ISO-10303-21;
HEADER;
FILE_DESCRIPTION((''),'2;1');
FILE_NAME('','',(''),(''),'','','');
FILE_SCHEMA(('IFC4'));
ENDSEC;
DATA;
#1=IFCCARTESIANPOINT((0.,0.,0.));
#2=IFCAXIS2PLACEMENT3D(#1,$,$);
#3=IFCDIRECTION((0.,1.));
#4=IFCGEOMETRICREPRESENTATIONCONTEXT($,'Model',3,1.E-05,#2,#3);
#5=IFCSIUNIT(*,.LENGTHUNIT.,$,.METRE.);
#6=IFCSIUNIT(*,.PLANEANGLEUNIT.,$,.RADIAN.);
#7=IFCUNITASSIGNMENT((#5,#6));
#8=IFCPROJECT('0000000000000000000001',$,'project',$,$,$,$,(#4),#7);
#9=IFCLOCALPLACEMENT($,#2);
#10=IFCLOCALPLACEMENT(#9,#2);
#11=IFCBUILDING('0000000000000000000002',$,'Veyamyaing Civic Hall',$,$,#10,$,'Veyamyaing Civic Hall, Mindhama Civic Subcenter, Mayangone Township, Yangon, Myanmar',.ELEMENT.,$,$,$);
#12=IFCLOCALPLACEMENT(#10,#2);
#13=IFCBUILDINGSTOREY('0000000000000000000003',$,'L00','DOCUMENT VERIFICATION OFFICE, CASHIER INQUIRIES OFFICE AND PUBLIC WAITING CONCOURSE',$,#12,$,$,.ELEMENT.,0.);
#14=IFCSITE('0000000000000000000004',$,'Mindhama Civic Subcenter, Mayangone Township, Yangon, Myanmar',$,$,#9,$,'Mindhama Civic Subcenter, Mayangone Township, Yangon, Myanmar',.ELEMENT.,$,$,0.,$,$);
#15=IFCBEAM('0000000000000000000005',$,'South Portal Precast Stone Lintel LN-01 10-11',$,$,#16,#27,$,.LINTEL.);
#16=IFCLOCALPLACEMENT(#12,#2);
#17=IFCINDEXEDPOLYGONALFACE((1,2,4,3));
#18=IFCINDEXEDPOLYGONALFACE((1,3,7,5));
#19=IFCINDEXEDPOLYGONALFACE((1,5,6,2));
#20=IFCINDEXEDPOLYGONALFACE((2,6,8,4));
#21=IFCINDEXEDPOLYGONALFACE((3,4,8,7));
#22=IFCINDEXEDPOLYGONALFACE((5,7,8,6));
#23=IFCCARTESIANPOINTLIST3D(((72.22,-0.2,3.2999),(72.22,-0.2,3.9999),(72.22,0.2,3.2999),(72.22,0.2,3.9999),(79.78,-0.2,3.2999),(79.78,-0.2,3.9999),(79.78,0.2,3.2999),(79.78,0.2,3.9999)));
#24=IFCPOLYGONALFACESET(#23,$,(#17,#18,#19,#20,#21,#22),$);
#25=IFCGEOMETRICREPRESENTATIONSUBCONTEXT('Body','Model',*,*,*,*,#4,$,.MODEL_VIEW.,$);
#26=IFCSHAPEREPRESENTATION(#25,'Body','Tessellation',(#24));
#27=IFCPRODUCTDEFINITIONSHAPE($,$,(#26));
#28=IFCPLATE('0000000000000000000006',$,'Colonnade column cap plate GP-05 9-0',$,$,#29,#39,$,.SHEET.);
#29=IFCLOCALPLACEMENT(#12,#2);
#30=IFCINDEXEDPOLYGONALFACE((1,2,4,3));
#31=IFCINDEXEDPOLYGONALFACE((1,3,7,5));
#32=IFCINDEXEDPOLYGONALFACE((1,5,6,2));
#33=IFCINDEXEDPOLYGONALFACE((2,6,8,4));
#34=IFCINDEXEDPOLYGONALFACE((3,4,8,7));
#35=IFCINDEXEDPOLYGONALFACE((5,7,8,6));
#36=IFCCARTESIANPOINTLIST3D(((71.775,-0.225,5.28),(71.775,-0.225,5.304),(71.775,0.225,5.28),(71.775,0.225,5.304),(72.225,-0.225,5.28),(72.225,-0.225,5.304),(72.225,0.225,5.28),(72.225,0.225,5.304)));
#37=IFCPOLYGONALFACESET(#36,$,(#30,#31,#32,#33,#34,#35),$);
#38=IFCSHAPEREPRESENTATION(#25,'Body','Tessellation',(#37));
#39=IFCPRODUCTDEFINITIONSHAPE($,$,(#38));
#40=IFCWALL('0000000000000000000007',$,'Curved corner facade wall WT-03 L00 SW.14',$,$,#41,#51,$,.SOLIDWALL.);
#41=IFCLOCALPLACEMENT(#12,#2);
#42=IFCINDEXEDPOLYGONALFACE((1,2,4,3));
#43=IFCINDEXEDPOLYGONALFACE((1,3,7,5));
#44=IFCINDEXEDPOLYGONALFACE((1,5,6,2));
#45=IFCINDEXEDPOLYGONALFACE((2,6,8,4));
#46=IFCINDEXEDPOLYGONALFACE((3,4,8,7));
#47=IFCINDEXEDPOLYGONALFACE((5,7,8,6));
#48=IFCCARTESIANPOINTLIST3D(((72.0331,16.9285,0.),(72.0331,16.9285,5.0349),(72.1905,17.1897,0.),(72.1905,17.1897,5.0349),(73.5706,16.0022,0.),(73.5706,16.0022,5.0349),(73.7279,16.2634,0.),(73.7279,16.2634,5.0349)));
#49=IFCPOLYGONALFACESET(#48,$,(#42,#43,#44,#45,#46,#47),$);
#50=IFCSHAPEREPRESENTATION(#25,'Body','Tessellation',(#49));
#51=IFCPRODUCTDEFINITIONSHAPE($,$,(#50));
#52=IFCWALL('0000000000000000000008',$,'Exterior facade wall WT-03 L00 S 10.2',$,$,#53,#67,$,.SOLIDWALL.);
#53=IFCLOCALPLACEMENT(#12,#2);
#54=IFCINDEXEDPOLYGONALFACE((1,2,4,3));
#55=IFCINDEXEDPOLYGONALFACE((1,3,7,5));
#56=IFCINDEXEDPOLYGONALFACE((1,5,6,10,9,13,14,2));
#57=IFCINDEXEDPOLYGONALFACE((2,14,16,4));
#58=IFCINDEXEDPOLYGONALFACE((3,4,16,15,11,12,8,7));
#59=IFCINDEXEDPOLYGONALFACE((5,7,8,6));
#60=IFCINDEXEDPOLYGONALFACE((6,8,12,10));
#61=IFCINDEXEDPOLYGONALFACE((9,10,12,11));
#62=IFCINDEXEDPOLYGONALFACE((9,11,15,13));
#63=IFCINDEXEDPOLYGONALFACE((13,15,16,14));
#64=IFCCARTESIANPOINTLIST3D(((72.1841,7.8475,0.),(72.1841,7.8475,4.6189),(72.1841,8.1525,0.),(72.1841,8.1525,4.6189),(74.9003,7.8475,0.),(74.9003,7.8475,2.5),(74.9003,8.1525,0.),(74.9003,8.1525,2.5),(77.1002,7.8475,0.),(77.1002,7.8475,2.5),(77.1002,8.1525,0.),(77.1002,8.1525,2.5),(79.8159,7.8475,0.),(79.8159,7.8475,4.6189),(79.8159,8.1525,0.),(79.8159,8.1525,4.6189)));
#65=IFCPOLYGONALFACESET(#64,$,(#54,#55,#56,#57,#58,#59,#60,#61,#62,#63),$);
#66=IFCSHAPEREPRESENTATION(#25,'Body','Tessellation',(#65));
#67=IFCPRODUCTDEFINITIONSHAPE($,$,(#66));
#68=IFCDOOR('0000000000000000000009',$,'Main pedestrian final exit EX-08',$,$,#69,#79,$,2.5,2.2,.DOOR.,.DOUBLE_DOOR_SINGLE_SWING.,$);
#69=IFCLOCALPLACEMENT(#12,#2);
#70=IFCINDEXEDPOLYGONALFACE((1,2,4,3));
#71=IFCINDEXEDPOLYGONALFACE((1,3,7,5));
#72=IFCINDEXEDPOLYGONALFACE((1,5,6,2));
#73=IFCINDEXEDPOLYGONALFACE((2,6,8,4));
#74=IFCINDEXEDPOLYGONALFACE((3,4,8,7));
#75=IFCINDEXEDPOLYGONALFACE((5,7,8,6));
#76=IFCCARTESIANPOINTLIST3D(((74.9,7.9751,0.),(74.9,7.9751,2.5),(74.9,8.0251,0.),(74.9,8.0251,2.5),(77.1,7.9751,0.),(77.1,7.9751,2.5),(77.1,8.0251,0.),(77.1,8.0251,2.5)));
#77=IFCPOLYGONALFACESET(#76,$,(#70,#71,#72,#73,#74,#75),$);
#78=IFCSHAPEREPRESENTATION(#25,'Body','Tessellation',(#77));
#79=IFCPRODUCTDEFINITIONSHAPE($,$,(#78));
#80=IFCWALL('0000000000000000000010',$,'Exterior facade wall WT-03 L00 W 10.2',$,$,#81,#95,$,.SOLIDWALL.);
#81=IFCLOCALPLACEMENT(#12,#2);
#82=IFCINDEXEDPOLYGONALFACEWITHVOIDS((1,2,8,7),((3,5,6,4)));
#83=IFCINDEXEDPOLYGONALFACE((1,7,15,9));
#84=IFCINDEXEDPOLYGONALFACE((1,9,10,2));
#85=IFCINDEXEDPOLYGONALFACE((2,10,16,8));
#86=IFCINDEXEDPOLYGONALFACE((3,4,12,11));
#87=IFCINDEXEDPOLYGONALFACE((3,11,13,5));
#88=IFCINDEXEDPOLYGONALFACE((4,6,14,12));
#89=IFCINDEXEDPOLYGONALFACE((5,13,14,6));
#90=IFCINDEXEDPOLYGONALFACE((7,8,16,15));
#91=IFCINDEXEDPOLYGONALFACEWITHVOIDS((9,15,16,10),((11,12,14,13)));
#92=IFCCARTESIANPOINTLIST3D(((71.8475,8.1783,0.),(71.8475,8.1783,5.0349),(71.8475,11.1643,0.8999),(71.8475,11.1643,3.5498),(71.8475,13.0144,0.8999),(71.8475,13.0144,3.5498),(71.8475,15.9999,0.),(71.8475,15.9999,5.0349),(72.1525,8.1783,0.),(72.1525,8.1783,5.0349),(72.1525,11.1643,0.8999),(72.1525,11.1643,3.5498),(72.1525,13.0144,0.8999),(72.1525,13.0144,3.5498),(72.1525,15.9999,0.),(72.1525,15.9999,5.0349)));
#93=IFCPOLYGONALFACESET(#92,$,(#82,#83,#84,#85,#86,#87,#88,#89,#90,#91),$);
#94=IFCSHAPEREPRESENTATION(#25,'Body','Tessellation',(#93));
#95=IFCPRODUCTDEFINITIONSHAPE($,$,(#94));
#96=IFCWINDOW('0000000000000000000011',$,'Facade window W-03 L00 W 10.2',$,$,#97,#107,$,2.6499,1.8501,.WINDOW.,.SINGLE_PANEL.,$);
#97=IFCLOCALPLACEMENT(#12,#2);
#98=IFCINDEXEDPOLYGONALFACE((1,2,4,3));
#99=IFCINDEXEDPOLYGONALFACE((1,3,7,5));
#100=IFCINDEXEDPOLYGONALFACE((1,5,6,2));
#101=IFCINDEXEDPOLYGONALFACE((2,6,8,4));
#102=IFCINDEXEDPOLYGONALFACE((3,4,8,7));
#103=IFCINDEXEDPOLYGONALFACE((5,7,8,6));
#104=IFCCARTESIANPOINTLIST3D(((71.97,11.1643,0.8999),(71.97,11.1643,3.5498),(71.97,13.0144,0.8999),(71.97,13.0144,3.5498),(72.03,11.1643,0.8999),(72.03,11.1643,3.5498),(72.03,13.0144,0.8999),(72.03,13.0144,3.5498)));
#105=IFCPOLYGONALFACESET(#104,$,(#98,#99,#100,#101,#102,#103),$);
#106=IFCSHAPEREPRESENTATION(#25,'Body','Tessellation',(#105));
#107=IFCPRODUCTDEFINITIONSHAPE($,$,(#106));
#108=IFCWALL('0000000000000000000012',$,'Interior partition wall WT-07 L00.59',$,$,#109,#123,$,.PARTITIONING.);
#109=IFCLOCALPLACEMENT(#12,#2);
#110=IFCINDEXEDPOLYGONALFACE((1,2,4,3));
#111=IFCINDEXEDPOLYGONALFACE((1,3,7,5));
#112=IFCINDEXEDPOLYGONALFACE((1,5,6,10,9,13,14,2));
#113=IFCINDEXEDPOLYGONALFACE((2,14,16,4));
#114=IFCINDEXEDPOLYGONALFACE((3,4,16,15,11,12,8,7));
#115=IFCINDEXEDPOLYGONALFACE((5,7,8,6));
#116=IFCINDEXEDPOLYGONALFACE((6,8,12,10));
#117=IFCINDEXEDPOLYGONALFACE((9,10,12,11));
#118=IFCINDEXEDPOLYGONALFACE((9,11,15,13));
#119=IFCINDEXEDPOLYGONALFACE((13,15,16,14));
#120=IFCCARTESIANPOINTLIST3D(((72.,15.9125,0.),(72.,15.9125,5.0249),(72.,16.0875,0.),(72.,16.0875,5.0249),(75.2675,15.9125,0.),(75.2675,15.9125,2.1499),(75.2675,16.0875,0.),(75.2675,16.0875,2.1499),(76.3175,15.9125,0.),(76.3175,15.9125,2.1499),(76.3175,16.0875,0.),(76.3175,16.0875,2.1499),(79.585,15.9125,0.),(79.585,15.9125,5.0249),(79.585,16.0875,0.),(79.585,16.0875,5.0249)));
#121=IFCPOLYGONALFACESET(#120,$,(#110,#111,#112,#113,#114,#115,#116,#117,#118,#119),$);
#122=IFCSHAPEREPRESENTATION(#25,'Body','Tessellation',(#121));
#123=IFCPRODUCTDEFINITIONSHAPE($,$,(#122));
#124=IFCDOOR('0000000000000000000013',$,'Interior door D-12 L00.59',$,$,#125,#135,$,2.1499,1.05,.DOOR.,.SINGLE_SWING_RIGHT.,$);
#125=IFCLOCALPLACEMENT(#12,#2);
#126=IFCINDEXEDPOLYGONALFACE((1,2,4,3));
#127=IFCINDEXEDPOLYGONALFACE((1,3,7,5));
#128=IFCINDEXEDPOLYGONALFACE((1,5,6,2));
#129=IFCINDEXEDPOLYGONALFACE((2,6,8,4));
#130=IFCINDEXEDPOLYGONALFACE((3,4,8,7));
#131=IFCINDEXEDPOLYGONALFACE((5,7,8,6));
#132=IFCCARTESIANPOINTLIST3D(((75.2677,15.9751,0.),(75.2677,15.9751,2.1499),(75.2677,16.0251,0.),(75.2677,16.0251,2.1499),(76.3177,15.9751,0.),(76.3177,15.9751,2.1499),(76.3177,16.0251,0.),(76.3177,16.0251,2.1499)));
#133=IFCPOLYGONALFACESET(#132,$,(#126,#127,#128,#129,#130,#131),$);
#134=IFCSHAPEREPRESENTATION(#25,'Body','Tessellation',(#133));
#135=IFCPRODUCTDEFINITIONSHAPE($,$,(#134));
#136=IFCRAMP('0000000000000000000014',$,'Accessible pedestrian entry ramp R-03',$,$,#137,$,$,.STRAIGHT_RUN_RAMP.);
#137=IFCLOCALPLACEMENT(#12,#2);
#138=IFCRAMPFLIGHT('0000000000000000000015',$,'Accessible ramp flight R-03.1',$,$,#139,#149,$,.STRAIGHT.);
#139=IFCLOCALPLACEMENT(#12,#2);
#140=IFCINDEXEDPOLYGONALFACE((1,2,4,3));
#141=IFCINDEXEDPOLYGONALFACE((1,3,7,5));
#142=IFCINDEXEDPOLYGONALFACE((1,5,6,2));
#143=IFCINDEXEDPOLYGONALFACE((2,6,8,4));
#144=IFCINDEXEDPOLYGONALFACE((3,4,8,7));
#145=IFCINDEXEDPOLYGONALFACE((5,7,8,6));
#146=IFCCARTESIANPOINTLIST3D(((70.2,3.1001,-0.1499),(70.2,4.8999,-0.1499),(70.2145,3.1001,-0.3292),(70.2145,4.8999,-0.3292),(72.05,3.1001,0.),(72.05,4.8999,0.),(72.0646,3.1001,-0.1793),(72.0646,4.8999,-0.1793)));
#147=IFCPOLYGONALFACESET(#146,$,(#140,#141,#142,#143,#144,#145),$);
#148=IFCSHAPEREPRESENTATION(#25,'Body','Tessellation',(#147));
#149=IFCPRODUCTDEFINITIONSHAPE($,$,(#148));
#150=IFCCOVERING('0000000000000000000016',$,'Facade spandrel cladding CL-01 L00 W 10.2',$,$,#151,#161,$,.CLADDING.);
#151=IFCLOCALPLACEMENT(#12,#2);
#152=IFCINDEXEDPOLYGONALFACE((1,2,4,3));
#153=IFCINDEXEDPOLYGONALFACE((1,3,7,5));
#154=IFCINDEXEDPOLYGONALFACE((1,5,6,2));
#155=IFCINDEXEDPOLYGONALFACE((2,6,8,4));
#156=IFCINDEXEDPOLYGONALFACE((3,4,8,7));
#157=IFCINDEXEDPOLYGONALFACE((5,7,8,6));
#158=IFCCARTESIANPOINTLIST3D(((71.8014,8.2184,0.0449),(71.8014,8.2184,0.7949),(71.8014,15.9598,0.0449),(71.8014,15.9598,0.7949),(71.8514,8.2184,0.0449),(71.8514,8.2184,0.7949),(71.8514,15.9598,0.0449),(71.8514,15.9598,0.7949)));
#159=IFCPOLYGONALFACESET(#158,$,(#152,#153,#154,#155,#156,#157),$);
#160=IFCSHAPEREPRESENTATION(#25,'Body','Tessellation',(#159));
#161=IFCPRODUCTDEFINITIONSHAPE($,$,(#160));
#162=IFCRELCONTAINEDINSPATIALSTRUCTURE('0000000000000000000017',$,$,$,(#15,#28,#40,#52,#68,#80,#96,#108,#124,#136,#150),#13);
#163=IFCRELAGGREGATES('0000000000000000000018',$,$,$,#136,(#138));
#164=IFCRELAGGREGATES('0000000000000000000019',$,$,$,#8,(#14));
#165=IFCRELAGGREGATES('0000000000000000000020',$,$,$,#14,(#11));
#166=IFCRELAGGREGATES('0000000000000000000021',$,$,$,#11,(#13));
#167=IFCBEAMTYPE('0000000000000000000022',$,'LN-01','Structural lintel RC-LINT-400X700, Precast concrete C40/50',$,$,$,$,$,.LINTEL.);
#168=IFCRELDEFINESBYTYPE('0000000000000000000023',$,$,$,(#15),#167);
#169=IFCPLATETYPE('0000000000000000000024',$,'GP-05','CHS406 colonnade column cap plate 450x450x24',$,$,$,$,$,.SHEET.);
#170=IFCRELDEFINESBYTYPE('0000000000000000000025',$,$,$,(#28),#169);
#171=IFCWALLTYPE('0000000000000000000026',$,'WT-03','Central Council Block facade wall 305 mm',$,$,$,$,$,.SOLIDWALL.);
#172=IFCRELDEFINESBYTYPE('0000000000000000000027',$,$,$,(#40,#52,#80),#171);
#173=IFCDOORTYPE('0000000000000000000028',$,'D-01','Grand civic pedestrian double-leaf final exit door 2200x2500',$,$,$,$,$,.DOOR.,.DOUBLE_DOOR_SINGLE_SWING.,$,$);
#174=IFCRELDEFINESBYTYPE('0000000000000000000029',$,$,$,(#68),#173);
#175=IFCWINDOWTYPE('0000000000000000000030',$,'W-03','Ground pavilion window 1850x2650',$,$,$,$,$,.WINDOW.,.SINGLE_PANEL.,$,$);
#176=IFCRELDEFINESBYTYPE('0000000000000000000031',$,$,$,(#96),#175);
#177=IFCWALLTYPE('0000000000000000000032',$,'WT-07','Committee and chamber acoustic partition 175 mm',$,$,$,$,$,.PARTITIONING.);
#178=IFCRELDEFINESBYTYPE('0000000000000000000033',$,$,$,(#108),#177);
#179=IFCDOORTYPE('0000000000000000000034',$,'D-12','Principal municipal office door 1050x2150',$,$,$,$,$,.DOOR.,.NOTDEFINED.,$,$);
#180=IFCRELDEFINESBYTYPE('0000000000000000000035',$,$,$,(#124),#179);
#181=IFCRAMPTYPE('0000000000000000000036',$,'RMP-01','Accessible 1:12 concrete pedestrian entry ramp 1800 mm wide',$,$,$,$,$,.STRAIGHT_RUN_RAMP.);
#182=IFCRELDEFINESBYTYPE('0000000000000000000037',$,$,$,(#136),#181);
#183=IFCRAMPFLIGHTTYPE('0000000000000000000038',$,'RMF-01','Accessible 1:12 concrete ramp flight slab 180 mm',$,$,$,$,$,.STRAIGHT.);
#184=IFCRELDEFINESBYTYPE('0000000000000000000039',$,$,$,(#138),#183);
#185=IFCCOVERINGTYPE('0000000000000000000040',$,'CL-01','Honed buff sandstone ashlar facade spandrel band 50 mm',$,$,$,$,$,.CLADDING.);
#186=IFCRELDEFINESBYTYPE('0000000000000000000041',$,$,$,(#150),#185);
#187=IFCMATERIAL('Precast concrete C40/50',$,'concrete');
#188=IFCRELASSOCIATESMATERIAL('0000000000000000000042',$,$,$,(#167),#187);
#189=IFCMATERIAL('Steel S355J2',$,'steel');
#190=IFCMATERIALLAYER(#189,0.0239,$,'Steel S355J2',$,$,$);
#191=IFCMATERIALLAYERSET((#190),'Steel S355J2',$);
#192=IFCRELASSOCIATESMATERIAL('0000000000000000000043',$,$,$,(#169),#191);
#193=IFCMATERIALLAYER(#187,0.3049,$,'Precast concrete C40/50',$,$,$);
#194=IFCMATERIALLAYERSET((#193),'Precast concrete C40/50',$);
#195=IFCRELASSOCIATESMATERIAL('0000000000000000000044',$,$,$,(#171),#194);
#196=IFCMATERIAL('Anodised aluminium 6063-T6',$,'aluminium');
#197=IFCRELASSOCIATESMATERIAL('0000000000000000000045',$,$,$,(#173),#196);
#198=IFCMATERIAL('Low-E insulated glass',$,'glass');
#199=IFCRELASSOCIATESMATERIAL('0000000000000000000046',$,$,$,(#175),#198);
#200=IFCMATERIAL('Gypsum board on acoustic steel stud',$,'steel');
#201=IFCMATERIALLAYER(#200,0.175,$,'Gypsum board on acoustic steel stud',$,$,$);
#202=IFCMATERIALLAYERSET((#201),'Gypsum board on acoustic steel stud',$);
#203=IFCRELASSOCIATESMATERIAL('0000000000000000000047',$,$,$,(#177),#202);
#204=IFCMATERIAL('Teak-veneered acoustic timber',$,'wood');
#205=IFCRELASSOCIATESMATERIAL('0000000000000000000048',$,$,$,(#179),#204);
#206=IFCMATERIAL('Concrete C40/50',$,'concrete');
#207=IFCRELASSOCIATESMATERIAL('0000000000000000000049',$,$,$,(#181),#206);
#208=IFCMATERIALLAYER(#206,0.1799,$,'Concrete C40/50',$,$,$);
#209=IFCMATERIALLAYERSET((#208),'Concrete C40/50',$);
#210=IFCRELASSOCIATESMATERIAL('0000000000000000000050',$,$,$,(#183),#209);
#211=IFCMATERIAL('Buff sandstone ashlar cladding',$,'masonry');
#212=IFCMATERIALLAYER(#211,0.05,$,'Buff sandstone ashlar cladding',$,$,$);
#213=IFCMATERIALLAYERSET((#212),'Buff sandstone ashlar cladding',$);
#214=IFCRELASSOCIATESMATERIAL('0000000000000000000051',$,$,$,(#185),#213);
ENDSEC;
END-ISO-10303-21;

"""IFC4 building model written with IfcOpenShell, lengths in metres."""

from ifc_helpers import new_model, si_unit, direction, frame, frame_2d, origin, origin_2d, place, context, subcontext, project, spatial, polyline, rectangle, outline, extrude, material, layer, layer_set, material_profile, profile_set, type_object, element, fill, aggregate, save


model = new_model("IFC4")

# Units and contexts
model_context = context("Model", 3, precision=1e-05, world=origin(), true_north=direction((0.0, 1.0)))
body_context = subcontext(model_context, "Body", "Model", "MODEL_VIEW")
ifc_project = project(units=[si_unit("LENGTHUNIT", "METRE"), si_unit("PLANEANGLEUNIT", "RADIAN")], contexts=[model_context])

# Site, building, storey
site_placement = place(None, origin())
site = spatial("IfcSite", under=ifc_project, at=site_placement, Name="Mindhama Civic Subcenter, Mayangone Township, Yangon, Myanmar", LongName="Mindhama Civic Subcenter, Mayangone Township, Yangon, Myanmar", CompositionType="ELEMENT", RefElevation=0.0)
building_placement = place(site_placement, origin())
building = spatial("IfcBuilding", under=site, at=building_placement, Name="Veyamyaing Civic Hall", LongName="Veyamyaing Civic Hall, Mindhama Civic Subcenter, Mayangone Township, Yangon, Myanmar", CompositionType="ELEMENT")
storey_placement = place(building_placement, origin())
storey = spatial("IfcBuildingStorey", under=building, at=storey_placement, Name="L00", Description="DOCUMENT VERIFICATION OFFICE, CASHIER INQUIRIES OFFICE AND PUBLIC WAITING CONCOURSE", CompositionType="ELEMENT", Elevation=0.0)

# Shared definitions
ifc_material_1 = material(Name="Steel S355J2", Category="steel")

# Beam
ifc_material_2 = material(Name="Precast concrete C40/50", Category="concrete")
ifc_material_profile_1 = material_profile(ifc_material_2, rectangle(XDim=0.3999, YDim=0.7, at=origin_2d()), Name="RC-LINT-400X700")
ifc_profile_set_1 = profile_set([ifc_material_profile_1], Name="Precast concrete C40/50")
beam_type_1 = type_object("IfcBeamType", Name="LN-01", Description="Structural lintel RC-LINT-400X700, Precast concrete C40/50", PredefinedType="LINTEL", material=ifc_profile_set_1)
beam_1_placement = place(storey_placement, frame((72.22, 0.0, 3.6499), z_axis=(1.0, 0.0, 0.0), x_axis=(0.0, 1.0, 0.0)))
element("IfcBeam", 1, at=beam_1_placement, inside=storey, type_object=beam_type_1, Name="South Portal Precast Stone Lintel LN-01 10-11", PredefinedType="LINTEL", context=body_context, shape_type="SweptSolid", body=[
    extrude(rectangle(XDim=0.3999, YDim=0.7, at=origin_2d()), origin(), (0.0, 0.0, 1.0), 7.5601),
])

# Plate
ifc_layer_1 = layer(ifc_material_1, 0.0239, Name="Steel S355J2")
ifc_layer_set_1 = layer_set([ifc_layer_1], Name="Steel S355J2")
plate_type = type_object("IfcPlateType", Name="GP-05", Description="CHS406 colonnade column cap plate 450x450x24", PredefinedType="SHEET", material=ifc_layer_set_1)
plate_placement = place(storey_placement, frame((72.0, 0.0, 5.28), z_axis=(0.0, 0.0, 1.0), x_axis=(1.0, 0.0, 0.0)))
element("IfcPlate", 2, at=plate_placement, inside=storey, type_object=plate_type, Name="Colonnade column cap plate GP-05 9-0", PredefinedType="SHEET", context=body_context, shape_type="SweptSolid", body=[
    extrude(rectangle(XDim=0.45, YDim=0.45, at=origin_2d()), origin(), (0.0, 0.0, 1.0), 0.0239),
])

# Wall
ifc_layer_2 = layer(ifc_material_2, 0.3049, Name="Precast concrete C40/50")
ifc_layer_set_2 = layer_set([ifc_layer_2], Name="Precast concrete C40/50")
wall_type_1 = type_object("IfcWallType", Name="WT-03", Description="Central Council Block facade wall 305 mm", PredefinedType="SOLIDWALL", material=ifc_layer_set_2)
wall_1_placement = place(storey_placement, frame((72.1118, 17.0591, 0.0), z_axis=(0.0, 0.0, 1.0), x_axis=(0.856543, -0.516075, 0.0)))
element("IfcWall", 3, at=wall_1_placement, inside=storey, type_object=wall_type_1, Name="Curved corner facade wall WT-03 L00 SW.14", PredefinedType="SOLIDWALL", context=body_context, shape_type="SweptSolid", body=[
    extrude(rectangle(XDim=1.7949, YDim=0.3049, at=frame_2d((0.8975, 0.0))), origin(), (0.0, 0.0, 1.0), 5.0349),
])

# Wall, opening, door
wall_2_placement = place(storey_placement, frame((72.1841, 8.0, 0.0), z_axis=(0.0, 0.0, 1.0), x_axis=(1.0, 0.0, 0.0)))
wall_2 = element("IfcWall", 4, at=wall_2_placement, inside=storey, type_object=wall_type_1, Name="Exterior facade wall WT-03 L00 S 10.2", PredefinedType="SOLIDWALL", context=body_context, shape_type="SweptSolid", body=[
    extrude(rectangle(XDim=7.6318, YDim=0.3049, at=frame_2d((3.8159, 0.0))), origin(), (0.0, 0.0, 1.0), 4.6189),
])
opening_1_placement = place(wall_2_placement, frame((2.7161, 0.0, 0.0)))
opening_1 = element("IfcOpeningElement", 5, at=opening_1_placement, cuts=wall_2, PredefinedType="OPENING", context=body_context, shape_type="SweptSolid", body=[
    extrude(rectangle(XDim=2.2, YDim=2.5, at=frame_2d((1.1001, 1.25))), frame((0.0, 0.1624, 0.0), z_axis=(0.0, -1.0, 0.0), x_axis=(1.0, 0.0, 0.0)), (0.0, 0.0, 1.0), 0.325),
])
ifc_material_3 = material(Name="Anodised aluminium 6063-T6", Category="aluminium")
door_type_1 = type_object("IfcDoorType", Name="D-01", Description="Grand civic pedestrian double-leaf final exit door 2200x2500", OperationType="DOUBLE_DOOR_SINGLE_SWING", PredefinedType="DOOR", material=ifc_material_3)
door_1_placement = place(opening_1_placement, frame((2.2, 0.0, 0.0), z_axis=(0.0, 0.0, 1.0), x_axis=(-1.0, 0.0, 0.0)))
door_1 = element("IfcDoor", 6, at=door_1_placement, inside=storey, type_object=door_type_1, Name="Main pedestrian final exit EX-08", OperationType="DOUBLE_DOOR_SINGLE_SWING", OverallHeight=2.5, OverallWidth=2.2, PredefinedType="DOOR", context=body_context, shape_type="SweptSolid", body=[
    extrude(rectangle(XDim=2.2, YDim=2.5, at=frame_2d((1.1001, 1.25))), frame((0.0, 0.0249, 0.0), z_axis=(0.0, -1.0, 0.0), x_axis=(1.0, 0.0, 0.0)), (0.0, 0.0, 1.0), 0.05),
])
fill(opening_1, door_1)

# Wall, opening, window
wall_3_placement = place(storey_placement, frame((72.0, 8.1785, 0.0), z_axis=(0.0, 0.0, 1.0), x_axis=(0.0, 1.0, 0.0)))
wall_3 = element("IfcWall", 7, at=wall_3_placement, inside=storey, type_object=wall_type_1, Name="Exterior facade wall WT-03 L00 W 10.2", PredefinedType="SOLIDWALL", context=body_context, shape_type="SweptSolid", body=[
    extrude(rectangle(XDim=7.8215, YDim=0.3049, at=frame_2d((3.9106, 0.0))), origin(), (0.0, 0.0, 1.0), 5.0349),
])
opening_2_placement = place(wall_3_placement, frame((2.9858, 0.0, 0.8999)))
opening_2 = element("IfcOpeningElement", 8, at=opening_2_placement, cuts=wall_3, PredefinedType="OPENING", context=body_context, shape_type="SweptSolid", body=[
    extrude(rectangle(XDim=1.8501, YDim=2.6499, at=frame_2d((0.925, 1.325))), frame((0.0, 0.1624, 0.0), z_axis=(0.0, -1.0, 0.0), x_axis=(1.0, 0.0, 0.0)), (0.0, 0.0, 1.0), 0.325),
])
ifc_material_4 = material(Name="Low-E insulated glass", Category="glass")
window_type = type_object("IfcWindowType", Name="W-03", Description="Ground pavilion window 1850x2650", PartitioningType="SINGLE_PANEL", PredefinedType="WINDOW", material=ifc_material_4)
window_placement = place(opening_2_placement, origin())
window = element("IfcWindow", 9, at=window_placement, inside=storey, type_object=window_type, Name="Facade window W-03 L00 W 10.2", OverallHeight=2.6499, OverallWidth=1.8501, PartitioningType="SINGLE_PANEL", PredefinedType="WINDOW", context=body_context, shape_type="SweptSolid", body=[
    extrude(rectangle(XDim=1.8501, YDim=2.6499, at=frame_2d((0.925, 1.325))), frame((0.0, 0.03, 0.0), z_axis=(0.0, -1.0, 0.0), x_axis=(1.0, 0.0, 0.0)), (0.0, 0.0, 1.0), 0.0601),
])
fill(opening_2, window)

# Wall, opening, door
ifc_material_5 = material(Name="Gypsum board on acoustic steel stud", Category="steel")
ifc_layer_3 = layer(ifc_material_5, 0.175, Name="Gypsum board on acoustic steel stud")
ifc_layer_set_3 = layer_set([ifc_layer_3], Name="Gypsum board on acoustic steel stud")
wall_type_2 = type_object("IfcWallType", Name="WT-07", Description="Committee and chamber acoustic partition 175 mm", PredefinedType="PARTITIONING", material=ifc_layer_set_3)
wall_4_placement = place(storey_placement, frame((72.0, 16.0, 0.0), z_axis=(0.0, 0.0, 1.0), x_axis=(1.0, 0.0, 0.0)))
wall_4 = element("IfcWall", 10, at=wall_4_placement, inside=storey, type_object=wall_type_2, Name="Interior partition wall WT-07 L00.59", PredefinedType="PARTITIONING", context=body_context, shape_type="SweptSolid", body=[
    extrude(rectangle(XDim=7.585, YDim=0.175, at=frame_2d((3.7925, 0.0))), origin(), (0.0, 0.0, 1.0), 5.0249),
])
opening_3_placement = place(wall_4_placement, frame((3.2676, 0.0, 0.0)))
opening_3 = element("IfcOpeningElement", 11, at=opening_3_placement, cuts=wall_4, PredefinedType="OPENING", context=body_context, shape_type="SweptSolid", body=[
    extrude(rectangle(XDim=1.05, YDim=2.1499, at=frame_2d((0.5249, 1.075))), frame((0.0, 0.0974, 0.0), z_axis=(0.0, -1.0, 0.0), x_axis=(1.0, 0.0, 0.0)), (0.0, 0.0, 1.0), 0.1951),
])
ifc_material_6 = material(Name="Teak-veneered acoustic timber", Category="wood")
door_type_2 = type_object("IfcDoorType", Name="D-12", Description="Principal municipal office door 1050x2150", OperationType="NOTDEFINED", PredefinedType="DOOR", material=ifc_material_6)
door_2_placement = place(opening_3_placement, frame((1.05, 0.0, 0.0), z_axis=(0.0, 0.0, 1.0), x_axis=(-1.0, 0.0, 0.0)))
door_2 = element("IfcDoor", 12, at=door_2_placement, inside=storey, type_object=door_type_2, Name="Interior door D-12 L00.59", OperationType="SINGLE_SWING_RIGHT", OverallHeight=2.1499, OverallWidth=1.05, PredefinedType="DOOR", context=body_context, shape_type="SweptSolid", body=[
    extrude(rectangle(XDim=1.05, YDim=2.1499, at=frame_2d((0.5249, 1.075))), frame((0.0, 0.0249, 0.0), z_axis=(0.0, -1.0, 0.0), x_axis=(1.0, 0.0, 0.0)), (0.0, 0.0, 1.0), 0.05),
])
fill(opening_3, door_2)

# Ramp, ramp flight
ifc_material_7 = material(Name="Concrete C40/50", Category="concrete")
ramp_type = type_object("IfcRampType", Name="RMP-01", Description="Accessible 1:12 concrete pedestrian entry ramp 1800 mm wide", PredefinedType="STRAIGHT_RUN_RAMP", material=ifc_material_7)
ramp_placement = place(storey_placement, origin())
ramp = element("IfcRamp", 13, at=ramp_placement, inside=storey, type_object=ramp_type, Name="Accessible pedestrian entry ramp R-03", PredefinedType="STRAIGHT_RUN_RAMP")
ifc_layer_4 = layer(ifc_material_7, 0.1799, Name="Concrete C40/50")
ifc_layer_set_4 = layer_set([ifc_layer_4], Name="Concrete C40/50")
ramp_flight_type = type_object("IfcRampFlightType", Name="RMF-01", Description="Accessible 1:12 concrete ramp flight slab 180 mm", PredefinedType="STRAIGHT", material=ifc_layer_set_4)
ramp_flight_placement = place(storey_placement, frame((70.2, 3.1001, -0.1499), z_axis=(-0.080759, 0.0, 0.996734), x_axis=(0.996734, 0.0, 0.080759)))
ramp_flight = element("IfcRampFlight", 14, at=ramp_flight_placement, type_object=ramp_flight_type, Name="Accessible ramp flight R-03.1", PredefinedType="STRAIGHT", context=body_context, shape_type="SweptSolid", body=[
    extrude(outline(polyline([(0.0, 0.0), (1.8562, 0.0), (1.8562, 1.7998), (0.0, 1.7998), (0.0, 0.0)])), origin(), (0.0, 0.0, -1.0), 0.1799),
])
aggregate(ramp, [ramp_flight])

# Covering
ifc_material_8 = material(Name="Buff sandstone ashlar cladding", Category="masonry")
ifc_layer_5 = layer(ifc_material_8, 0.05, Name="Buff sandstone ashlar cladding")
ifc_layer_set_5 = layer_set([ifc_layer_5], Name="Buff sandstone ashlar cladding")
covering_type_1 = type_object("IfcCoveringType", Name="CL-01", Description="Honed buff sandstone ashlar facade spandrel band 50 mm", PredefinedType="CLADDING", material=ifc_layer_set_5)
covering_1_placement = place(storey_placement, frame((71.8264, 12.0891, 0.0449), z_axis=(0.0, 0.0, 1.0), x_axis=(0.0, 1.0, 0.0)))
element("IfcCovering", 15, at=covering_1_placement, inside=storey, type_object=covering_type_1, Name="Facade spandrel cladding CL-01 L00 W 10.2", PredefinedType="CLADDING", context=body_context, shape_type="SweptSolid", body=[
    extrude(rectangle(XDim=7.7415, YDim=0.05, at=origin_2d()), origin(), (0.0, 0.0, 1.0), 0.75),
])

save(model, "model.ifc")
